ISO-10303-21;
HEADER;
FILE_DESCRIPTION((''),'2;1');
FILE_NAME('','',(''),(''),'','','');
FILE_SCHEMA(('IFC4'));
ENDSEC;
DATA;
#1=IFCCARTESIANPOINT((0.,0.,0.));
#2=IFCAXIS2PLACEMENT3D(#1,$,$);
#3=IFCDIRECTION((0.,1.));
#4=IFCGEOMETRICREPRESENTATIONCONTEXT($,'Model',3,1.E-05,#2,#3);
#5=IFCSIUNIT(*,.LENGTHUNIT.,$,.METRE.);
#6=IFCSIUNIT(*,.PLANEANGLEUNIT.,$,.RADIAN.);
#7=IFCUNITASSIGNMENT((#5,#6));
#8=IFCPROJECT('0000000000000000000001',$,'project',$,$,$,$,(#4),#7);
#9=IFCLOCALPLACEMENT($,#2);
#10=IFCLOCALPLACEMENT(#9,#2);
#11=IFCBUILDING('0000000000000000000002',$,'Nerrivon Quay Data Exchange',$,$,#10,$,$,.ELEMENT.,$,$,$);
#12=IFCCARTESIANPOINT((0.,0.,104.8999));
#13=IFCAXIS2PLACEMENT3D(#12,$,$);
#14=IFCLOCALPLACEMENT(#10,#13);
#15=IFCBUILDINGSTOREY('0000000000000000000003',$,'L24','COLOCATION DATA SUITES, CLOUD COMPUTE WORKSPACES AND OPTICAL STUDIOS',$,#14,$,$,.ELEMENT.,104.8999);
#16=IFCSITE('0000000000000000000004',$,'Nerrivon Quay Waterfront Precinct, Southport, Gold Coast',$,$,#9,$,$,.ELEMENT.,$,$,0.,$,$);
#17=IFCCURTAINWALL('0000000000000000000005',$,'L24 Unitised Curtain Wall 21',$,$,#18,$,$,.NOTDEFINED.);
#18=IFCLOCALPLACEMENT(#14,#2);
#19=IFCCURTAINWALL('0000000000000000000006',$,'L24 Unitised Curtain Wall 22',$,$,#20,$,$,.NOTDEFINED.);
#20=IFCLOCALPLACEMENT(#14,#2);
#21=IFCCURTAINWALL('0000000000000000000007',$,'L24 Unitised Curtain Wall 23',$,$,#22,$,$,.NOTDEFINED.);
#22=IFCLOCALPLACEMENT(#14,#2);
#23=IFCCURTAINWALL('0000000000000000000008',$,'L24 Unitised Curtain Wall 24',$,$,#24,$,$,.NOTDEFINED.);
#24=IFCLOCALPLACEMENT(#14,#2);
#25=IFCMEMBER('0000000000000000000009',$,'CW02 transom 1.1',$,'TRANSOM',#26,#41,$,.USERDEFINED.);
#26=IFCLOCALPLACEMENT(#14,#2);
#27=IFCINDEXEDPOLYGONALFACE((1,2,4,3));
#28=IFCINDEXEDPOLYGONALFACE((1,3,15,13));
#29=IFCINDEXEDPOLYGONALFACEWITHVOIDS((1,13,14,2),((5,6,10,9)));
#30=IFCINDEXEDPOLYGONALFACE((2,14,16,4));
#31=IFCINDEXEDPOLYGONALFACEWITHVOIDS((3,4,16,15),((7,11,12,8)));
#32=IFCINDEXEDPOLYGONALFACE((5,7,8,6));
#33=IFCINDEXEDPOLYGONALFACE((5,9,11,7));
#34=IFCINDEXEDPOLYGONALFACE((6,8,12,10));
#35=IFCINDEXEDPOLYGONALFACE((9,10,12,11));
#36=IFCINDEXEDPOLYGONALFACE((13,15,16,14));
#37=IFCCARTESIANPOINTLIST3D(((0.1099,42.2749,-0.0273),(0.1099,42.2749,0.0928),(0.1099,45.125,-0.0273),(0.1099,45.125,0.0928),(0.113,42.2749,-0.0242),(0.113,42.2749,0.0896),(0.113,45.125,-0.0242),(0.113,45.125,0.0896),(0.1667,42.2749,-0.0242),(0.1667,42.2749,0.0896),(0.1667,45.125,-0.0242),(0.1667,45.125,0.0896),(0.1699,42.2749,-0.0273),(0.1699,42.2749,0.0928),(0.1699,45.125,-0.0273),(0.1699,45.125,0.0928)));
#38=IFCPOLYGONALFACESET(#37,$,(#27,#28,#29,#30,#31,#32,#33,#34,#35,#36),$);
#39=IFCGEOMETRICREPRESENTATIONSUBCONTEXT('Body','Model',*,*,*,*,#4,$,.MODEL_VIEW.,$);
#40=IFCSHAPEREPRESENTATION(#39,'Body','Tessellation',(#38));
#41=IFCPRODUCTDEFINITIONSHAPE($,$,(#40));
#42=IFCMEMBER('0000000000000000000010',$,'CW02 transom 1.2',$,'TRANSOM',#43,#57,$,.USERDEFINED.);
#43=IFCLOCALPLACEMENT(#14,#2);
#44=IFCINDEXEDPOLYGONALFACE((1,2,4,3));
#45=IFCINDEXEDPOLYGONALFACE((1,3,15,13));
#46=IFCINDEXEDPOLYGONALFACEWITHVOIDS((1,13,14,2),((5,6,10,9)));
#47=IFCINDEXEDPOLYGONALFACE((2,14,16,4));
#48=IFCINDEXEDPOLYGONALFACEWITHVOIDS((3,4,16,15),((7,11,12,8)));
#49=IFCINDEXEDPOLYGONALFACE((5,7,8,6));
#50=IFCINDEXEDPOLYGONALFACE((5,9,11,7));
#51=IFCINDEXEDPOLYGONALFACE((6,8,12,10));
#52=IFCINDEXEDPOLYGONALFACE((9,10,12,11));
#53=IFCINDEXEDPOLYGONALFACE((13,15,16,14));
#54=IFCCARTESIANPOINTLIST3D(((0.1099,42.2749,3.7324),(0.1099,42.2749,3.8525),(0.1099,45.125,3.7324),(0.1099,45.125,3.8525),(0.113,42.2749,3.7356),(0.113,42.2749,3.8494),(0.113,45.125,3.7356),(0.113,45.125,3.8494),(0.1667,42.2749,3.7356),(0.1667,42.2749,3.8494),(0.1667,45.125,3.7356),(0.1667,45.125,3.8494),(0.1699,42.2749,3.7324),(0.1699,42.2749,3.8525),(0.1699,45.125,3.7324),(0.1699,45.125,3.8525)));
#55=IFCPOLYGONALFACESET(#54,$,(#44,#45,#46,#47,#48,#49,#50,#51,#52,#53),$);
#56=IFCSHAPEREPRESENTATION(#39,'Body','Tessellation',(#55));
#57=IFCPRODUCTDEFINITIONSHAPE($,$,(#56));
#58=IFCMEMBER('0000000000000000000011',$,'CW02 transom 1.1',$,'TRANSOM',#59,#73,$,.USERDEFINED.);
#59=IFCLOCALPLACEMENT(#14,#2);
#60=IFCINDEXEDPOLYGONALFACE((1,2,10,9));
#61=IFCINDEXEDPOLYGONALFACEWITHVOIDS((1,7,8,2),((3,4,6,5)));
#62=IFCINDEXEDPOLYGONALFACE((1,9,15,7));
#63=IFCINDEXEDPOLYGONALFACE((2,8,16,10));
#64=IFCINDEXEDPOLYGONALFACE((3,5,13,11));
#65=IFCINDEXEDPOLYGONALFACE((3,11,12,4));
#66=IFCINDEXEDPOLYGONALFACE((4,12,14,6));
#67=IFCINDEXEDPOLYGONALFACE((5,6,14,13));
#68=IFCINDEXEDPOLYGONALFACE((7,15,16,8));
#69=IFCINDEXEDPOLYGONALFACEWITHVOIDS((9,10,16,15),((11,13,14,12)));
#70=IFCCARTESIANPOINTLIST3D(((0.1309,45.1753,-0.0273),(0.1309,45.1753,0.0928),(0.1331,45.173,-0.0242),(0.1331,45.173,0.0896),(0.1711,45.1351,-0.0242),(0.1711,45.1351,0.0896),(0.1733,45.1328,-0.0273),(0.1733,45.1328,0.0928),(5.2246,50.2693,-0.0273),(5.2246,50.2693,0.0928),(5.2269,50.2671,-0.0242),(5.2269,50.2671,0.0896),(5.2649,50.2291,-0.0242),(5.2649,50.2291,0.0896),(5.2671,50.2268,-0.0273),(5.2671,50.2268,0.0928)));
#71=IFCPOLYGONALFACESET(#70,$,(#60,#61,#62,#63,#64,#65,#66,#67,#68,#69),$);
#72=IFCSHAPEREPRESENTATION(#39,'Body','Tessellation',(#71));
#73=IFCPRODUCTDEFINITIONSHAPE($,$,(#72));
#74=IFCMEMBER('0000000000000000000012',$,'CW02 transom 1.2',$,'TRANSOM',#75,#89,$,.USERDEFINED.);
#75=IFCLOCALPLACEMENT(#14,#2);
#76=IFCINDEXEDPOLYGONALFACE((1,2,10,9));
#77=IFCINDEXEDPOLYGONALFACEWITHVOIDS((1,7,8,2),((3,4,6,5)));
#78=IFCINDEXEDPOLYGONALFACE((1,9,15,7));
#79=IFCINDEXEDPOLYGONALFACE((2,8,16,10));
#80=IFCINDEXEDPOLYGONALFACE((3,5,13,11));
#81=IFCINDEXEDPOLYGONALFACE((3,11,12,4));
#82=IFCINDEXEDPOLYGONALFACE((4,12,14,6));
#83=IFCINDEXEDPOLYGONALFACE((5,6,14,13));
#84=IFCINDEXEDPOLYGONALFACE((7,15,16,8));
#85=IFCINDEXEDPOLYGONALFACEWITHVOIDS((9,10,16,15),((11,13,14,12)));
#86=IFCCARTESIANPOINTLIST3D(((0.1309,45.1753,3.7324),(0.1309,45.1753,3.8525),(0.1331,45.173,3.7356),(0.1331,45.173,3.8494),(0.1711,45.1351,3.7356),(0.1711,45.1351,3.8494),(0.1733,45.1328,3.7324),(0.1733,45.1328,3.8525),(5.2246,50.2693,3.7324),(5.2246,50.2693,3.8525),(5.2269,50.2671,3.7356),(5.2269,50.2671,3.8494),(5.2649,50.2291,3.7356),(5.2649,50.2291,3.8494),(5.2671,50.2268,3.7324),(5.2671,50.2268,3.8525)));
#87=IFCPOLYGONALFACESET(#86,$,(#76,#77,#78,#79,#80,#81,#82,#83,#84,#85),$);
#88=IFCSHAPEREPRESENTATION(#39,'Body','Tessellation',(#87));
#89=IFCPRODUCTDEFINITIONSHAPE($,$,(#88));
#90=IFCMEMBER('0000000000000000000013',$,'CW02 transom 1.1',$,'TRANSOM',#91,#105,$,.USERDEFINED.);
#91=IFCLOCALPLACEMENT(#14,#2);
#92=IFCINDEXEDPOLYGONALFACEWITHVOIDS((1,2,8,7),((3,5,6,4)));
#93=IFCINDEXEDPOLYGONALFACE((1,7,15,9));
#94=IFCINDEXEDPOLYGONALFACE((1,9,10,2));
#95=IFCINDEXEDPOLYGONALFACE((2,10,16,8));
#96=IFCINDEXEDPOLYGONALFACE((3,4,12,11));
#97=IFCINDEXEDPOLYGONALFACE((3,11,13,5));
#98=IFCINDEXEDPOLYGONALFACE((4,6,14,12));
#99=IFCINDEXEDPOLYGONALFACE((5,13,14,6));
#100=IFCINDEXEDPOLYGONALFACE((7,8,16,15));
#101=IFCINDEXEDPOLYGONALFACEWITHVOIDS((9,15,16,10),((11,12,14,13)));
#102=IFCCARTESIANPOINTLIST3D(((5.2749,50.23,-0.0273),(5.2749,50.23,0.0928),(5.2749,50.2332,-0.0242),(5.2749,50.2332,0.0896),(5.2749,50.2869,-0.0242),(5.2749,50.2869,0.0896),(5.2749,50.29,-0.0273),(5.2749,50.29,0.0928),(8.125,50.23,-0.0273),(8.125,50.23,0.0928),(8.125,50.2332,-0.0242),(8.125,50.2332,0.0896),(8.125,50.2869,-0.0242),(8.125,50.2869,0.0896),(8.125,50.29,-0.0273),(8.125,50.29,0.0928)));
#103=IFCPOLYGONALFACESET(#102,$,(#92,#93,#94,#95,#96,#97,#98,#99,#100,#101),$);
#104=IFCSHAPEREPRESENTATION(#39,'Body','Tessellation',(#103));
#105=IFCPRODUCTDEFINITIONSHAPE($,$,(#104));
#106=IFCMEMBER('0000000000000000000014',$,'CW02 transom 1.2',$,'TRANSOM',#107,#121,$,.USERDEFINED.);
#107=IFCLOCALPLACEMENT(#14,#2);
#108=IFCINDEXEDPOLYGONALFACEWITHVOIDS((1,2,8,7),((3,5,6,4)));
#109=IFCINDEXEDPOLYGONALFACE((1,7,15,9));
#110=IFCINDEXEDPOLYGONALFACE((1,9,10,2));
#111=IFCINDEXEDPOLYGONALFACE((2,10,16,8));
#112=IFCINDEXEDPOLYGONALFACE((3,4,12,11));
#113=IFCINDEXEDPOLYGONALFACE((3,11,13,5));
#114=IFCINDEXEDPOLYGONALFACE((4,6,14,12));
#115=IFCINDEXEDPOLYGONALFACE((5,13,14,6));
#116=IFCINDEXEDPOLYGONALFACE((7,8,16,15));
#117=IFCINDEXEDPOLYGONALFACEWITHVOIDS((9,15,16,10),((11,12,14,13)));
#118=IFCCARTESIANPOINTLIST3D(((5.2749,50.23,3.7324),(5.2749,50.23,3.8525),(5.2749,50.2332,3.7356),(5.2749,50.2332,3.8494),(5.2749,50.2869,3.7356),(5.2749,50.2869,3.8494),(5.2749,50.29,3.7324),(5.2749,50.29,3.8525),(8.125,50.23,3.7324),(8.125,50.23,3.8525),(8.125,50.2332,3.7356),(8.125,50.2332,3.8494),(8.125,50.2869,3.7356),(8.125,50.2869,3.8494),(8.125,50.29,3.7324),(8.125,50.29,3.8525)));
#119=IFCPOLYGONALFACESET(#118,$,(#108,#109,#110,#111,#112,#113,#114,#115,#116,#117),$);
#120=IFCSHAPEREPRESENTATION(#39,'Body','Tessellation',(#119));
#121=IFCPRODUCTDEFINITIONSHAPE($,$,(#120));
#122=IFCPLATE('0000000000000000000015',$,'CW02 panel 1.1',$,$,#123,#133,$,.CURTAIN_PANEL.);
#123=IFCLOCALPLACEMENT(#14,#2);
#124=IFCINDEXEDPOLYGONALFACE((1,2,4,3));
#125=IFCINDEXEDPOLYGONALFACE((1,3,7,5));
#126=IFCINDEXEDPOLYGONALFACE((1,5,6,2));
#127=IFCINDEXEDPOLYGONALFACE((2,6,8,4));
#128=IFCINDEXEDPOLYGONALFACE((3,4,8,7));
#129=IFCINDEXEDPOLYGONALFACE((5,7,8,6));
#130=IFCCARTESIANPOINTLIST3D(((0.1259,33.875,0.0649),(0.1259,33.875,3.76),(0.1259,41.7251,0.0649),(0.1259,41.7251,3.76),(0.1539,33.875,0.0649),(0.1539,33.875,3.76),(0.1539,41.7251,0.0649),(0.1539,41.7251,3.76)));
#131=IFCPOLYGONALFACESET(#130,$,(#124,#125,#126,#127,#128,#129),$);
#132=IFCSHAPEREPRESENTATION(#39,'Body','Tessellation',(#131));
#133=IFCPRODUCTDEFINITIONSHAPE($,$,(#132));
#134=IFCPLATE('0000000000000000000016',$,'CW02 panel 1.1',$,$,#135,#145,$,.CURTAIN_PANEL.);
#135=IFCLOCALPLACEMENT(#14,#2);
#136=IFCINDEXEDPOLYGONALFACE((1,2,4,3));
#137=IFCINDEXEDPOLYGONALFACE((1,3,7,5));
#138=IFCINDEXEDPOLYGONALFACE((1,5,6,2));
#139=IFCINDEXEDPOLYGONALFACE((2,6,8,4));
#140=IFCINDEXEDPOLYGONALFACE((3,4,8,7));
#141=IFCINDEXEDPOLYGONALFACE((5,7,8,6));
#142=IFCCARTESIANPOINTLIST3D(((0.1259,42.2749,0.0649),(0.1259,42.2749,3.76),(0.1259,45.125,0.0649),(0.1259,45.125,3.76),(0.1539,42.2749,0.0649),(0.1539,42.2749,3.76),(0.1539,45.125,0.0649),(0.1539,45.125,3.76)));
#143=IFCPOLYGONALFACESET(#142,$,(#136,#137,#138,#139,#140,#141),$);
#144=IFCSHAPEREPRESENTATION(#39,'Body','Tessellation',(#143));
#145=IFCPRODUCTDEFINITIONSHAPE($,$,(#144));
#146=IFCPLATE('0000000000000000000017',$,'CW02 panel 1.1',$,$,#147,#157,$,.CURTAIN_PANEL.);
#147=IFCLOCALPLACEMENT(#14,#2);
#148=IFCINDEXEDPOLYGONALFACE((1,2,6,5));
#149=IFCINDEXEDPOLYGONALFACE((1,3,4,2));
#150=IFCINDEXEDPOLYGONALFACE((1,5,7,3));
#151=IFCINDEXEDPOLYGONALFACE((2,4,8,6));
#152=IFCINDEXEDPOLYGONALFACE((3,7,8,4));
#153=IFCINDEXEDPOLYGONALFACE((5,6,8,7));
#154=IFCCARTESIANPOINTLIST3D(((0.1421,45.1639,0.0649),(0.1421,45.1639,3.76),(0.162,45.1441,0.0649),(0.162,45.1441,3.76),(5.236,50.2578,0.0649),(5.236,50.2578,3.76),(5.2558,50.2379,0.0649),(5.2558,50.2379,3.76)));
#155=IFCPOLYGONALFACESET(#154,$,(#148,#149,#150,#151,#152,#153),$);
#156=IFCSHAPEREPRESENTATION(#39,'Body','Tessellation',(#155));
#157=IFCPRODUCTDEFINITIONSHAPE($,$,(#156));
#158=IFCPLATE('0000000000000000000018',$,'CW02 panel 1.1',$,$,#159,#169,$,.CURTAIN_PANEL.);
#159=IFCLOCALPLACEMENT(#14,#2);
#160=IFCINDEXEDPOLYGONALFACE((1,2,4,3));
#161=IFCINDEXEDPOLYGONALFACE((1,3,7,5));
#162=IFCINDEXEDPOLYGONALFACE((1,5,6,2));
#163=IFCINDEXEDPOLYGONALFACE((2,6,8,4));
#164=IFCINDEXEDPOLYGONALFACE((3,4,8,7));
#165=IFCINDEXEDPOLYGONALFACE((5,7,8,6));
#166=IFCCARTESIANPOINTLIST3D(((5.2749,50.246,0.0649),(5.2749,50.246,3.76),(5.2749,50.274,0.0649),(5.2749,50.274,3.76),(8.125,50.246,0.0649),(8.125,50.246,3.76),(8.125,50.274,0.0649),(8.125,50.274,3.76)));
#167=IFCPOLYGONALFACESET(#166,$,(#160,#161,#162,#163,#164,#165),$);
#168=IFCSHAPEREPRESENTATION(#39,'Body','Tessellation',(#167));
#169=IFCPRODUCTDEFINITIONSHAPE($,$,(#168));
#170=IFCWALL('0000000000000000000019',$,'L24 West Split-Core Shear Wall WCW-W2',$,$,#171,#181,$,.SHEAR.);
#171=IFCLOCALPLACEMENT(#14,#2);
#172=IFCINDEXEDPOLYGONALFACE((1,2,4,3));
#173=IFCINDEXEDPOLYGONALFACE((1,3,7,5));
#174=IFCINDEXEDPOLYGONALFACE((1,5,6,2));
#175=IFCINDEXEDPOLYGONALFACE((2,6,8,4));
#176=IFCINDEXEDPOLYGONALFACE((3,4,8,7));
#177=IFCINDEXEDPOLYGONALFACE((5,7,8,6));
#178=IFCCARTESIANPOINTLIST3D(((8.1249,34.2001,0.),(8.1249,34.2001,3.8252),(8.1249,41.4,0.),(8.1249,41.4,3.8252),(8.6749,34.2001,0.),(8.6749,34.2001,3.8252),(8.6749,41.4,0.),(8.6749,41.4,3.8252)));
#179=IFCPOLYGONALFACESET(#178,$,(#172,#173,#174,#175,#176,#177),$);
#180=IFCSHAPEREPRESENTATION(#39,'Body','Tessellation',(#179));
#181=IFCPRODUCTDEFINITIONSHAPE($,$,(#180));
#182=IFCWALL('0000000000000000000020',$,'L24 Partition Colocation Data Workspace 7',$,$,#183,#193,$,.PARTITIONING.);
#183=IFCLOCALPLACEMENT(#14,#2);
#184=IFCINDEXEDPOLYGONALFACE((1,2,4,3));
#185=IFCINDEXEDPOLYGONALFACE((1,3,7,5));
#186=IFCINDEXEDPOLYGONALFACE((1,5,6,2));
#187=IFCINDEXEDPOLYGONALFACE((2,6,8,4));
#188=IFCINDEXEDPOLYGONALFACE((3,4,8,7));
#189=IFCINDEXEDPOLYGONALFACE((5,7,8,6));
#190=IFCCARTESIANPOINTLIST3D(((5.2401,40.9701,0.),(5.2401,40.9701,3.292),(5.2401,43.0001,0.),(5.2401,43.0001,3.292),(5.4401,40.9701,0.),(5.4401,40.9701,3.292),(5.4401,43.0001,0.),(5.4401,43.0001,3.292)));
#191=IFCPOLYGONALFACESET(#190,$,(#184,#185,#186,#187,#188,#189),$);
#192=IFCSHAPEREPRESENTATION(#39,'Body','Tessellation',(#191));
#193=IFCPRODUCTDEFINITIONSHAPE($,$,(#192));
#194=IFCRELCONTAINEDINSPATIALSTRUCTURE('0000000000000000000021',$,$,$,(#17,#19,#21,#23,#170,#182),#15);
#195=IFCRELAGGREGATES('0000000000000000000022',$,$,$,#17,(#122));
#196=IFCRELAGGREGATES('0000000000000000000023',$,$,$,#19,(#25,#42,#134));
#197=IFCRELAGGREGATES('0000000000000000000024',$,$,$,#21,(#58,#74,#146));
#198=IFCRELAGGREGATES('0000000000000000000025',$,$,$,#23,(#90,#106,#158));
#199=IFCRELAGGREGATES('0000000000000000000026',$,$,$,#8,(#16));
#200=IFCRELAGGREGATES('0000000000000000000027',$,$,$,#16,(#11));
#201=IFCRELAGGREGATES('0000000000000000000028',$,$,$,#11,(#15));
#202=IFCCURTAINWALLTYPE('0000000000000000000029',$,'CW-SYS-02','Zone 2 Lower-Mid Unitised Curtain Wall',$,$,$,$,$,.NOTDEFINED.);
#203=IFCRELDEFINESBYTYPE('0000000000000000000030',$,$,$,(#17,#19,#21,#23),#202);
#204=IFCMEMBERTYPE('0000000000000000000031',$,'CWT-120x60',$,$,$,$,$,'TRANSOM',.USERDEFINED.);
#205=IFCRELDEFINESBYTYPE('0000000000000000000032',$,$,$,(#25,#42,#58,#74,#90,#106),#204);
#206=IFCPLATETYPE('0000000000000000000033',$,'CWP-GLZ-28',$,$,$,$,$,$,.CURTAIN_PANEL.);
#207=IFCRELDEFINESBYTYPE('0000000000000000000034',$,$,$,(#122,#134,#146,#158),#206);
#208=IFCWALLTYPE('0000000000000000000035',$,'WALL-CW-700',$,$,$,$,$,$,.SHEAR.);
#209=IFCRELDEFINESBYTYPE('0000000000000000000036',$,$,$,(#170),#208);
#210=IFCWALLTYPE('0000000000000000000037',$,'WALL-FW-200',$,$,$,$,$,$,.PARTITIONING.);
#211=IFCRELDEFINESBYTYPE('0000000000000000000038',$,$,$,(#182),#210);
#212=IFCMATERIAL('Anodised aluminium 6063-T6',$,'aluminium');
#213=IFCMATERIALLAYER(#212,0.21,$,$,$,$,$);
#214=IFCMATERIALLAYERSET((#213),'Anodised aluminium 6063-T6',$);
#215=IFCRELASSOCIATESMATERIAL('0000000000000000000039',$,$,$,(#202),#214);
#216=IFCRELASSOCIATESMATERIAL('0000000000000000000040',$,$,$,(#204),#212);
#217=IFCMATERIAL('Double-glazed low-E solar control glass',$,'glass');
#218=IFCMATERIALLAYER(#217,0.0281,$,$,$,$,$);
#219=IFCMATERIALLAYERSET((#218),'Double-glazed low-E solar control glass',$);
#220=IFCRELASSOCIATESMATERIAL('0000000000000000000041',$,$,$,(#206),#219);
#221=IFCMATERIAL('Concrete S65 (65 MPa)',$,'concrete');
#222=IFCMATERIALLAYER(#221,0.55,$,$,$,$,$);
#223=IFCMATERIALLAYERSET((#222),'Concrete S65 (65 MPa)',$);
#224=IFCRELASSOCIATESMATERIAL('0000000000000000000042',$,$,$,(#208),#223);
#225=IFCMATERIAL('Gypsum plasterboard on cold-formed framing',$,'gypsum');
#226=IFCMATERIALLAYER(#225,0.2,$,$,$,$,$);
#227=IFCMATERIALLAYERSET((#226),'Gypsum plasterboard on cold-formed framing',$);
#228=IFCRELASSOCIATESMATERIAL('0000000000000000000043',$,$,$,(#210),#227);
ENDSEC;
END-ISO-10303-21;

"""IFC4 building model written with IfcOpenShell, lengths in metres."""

from ifc_helpers import new_model, si_unit, direction, frame, frame_2d, origin, origin_2d, place, context, subcontext, project, spatial, rectangle, hollow_rectangle, extrude, material, layer, layer_set, material_profile, profile_set, type_object, element, aggregate, save


model = new_model("IFC4")

# Units and contexts
model_context = context("Model", 3, precision=1e-05, world=origin(), true_north=direction((0.0, 1.0)))
body_context = subcontext(model_context, "Body", "Model", "MODEL_VIEW")
ifc_project = project(units=[si_unit("LENGTHUNIT", "METRE"), si_unit("PLANEANGLEUNIT", "RADIAN")], contexts=[model_context])

# Site, building, storey
site_placement = place(None, origin())
site = spatial("IfcSite", under=ifc_project, at=site_placement, Name="Nerrivon Quay Waterfront Precinct, Southport, Gold Coast", CompositionType="ELEMENT", RefElevation=0.0)
building_placement = place(site_placement, origin())
building = spatial("IfcBuilding", under=site, at=building_placement, Name="Nerrivon Quay Data Exchange", CompositionType="ELEMENT")
storey_placement = place(building_placement, frame((0.0, 0.0, 104.8999)))
storey = spatial("IfcBuildingStorey", under=building, at=storey_placement, Name="L24", Description="COLOCATION DATA SUITES, CLOUD COMPUTE WORKSPACES AND OPTICAL STUDIOS", CompositionType="ELEMENT", Elevation=104.8999)

# Curtain wall
ifc_material_1 = material(Name="Anodised aluminium 6063-T6", Category="aluminium")
ifc_layer_1 = layer(ifc_material_1, 0.21)
ifc_layer_set_1 = layer_set([ifc_layer_1], Name="Anodised aluminium 6063-T6")
curtain_wall_type = type_object("IfcCurtainWallType", Name="CW-SYS-02", Description="Zone 2 Lower-Mid Unitised Curtain Wall", PredefinedType="NOTDEFINED", material=ifc_layer_set_1)
curtain_wall_1_placement = place(storey_placement, origin())
curtain_wall_1 = element("IfcCurtainWall", 1, at=curtain_wall_1_placement, inside=storey, type_object=curtain_wall_type, Name="L24 Unitised Curtain Wall 21", PredefinedType="NOTDEFINED")

# Curtain walls
curtain_wall_2_placement = place(storey_placement, origin())
curtain_wall_2 = element("IfcCurtainWall", 2, at=curtain_wall_2_placement, inside=storey, type_object=curtain_wall_type, Name="L24 Unitised Curtain Wall 22", PredefinedType="NOTDEFINED")
curtain_wall_3_placement = place(storey_placement, origin())
curtain_wall_3 = element("IfcCurtainWall", 3, at=curtain_wall_3_placement, inside=storey, type_object=curtain_wall_type, Name="L24 Unitised Curtain Wall 23", PredefinedType="NOTDEFINED")
curtain_wall_4_placement = place(storey_placement, origin())
curtain_wall_4 = element("IfcCurtainWall", 4, at=curtain_wall_4_placement, inside=storey, type_object=curtain_wall_type, Name="L24 Unitised Curtain Wall 24", PredefinedType="NOTDEFINED")

# Members
ifc_material_profile_1 = material_profile(ifc_material_1, hollow_rectangle(XDim=0.0601, YDim=0.1201, WallThickness=0.0032, at=origin_2d()), Name="ALU-TRAN-120x60")
ifc_profile_set_1 = profile_set([ifc_material_profile_1], Name="Anodised aluminium 6063-T6")
member_type_1 = type_object("IfcMemberType", Name="CWT-120x60", ElementType="TRANSOM", PredefinedType="USERDEFINED", material=ifc_profile_set_1)
member_1_placement = place(storey_placement, frame((0.1399, 42.2749, 0.0327), z_axis=(0.0, 1.0, 0.0), x_axis=(-1.0, 0.0, 0.0)))
member_1 = element("IfcMember", 5, at=member_1_placement, type_object=member_type_1, Name="CW02 transom 1.1", ObjectType="TRANSOM", PredefinedType="USERDEFINED", context=body_context, shape_type="SweptSolid", body=[
    extrude(hollow_rectangle(XDim=0.0601, YDim=0.1201, WallThickness=0.0032, at=origin_2d()), origin(), (0.0, 0.0, 1.0), 2.8501),
])
member_2_placement = place(storey_placement, frame((0.1399, 42.2749, 3.7925), z_axis=(0.0, 1.0, 0.0), x_axis=(-1.0, 0.0, 0.0)))
member_2 = element("IfcMember", 6, at=member_2_placement, type_object=member_type_1, Name="CW02 transom 1.2", ObjectType="TRANSOM", PredefinedType="USERDEFINED", context=body_context, shape_type="SweptSolid", body=[
    extrude(hollow_rectangle(XDim=0.0601, YDim=0.1201, WallThickness=0.0032, at=origin_2d()), origin(), (0.0, 0.0, 1.0), 2.8501),
])
member_3_placement = place(storey_placement, frame((0.1521, 45.1541, 0.0327), z_axis=(0.70709, 0.707124, 0.0), x_axis=(-0.707124, 0.70709, 0.0)))
member_3 = element("IfcMember", 7, at=member_3_placement, type_object=member_type_1, Name="CW02 transom 1.1", ObjectType="TRANSOM", PredefinedType="USERDEFINED", context=body_context, shape_type="SweptSolid", body=[
    extrude(hollow_rectangle(XDim=0.0601, YDim=0.1201, WallThickness=0.0032, at=origin_2d()), origin(), (0.0, 0.0, 1.0), 7.2039),
])
member_4_placement = place(storey_placement, frame((0.1521, 45.1541, 3.7925), z_axis=(0.70709, 0.707124, 0.0), x_axis=(-0.707124, 0.70709, 0.0)))
member_4 = element("IfcMember", 8, at=member_4_placement, type_object=member_type_1, Name="CW02 transom 1.2", ObjectType="TRANSOM", PredefinedType="USERDEFINED", context=body_context, shape_type="SweptSolid", body=[
    extrude(hollow_rectangle(XDim=0.0601, YDim=0.1201, WallThickness=0.0032, at=origin_2d()), origin(), (0.0, 0.0, 1.0), 7.2039),
])
member_5_placement = place(storey_placement, frame((5.2749, 50.26, 0.0327), z_axis=(1.0, 0.0, 0.0), x_axis=(0.0, 1.0, 0.0)))
member_5 = element("IfcMember", 9, at=member_5_placement, type_object=member_type_1, Name="CW02 transom 1.1", ObjectType="TRANSOM", PredefinedType="USERDEFINED", context=body_context, shape_type="SweptSolid", body=[
    extrude(hollow_rectangle(XDim=0.0601, YDim=0.1201, WallThickness=0.0032, at=origin_2d()), origin(), (0.0, 0.0, 1.0), 2.8501),
])
member_6_placement = place(storey_placement, frame((5.2749, 50.26, 3.7925), z_axis=(1.0, 0.0, 0.0), x_axis=(0.0, 1.0, 0.0)))
member_6 = element("IfcMember", 10, at=member_6_placement, type_object=member_type_1, Name="CW02 transom 1.2", ObjectType="TRANSOM", PredefinedType="USERDEFINED", context=body_context, shape_type="SweptSolid", body=[
    extrude(hollow_rectangle(XDim=0.0601, YDim=0.1201, WallThickness=0.0032, at=origin_2d()), origin(), (0.0, 0.0, 1.0), 2.8501),
])

# Plates
ifc_material_2 = material(Name="Double-glazed low-E solar control glass", Category="glass")
ifc_layer_2 = layer(ifc_material_2, 0.0281)
ifc_layer_set_2 = layer_set([ifc_layer_2], Name="Double-glazed low-E solar control glass")
plate_type = type_object("IfcPlateType", Name="CWP-GLZ-28", PredefinedType="CURTAIN_PANEL", material=ifc_layer_set_2)
plate_1_placement = place(storey_placement, frame((0.1399, 37.8, 0.0649), z_axis=(0.0, 0.0, 1.0), x_axis=(0.0, 1.0, 0.0)))
plate_1 = element("IfcPlate", 11, at=plate_1_placement, type_object=plate_type, Name="CW02 panel 1.1", PredefinedType="CURTAIN_PANEL", context=body_context, shape_type="SweptSolid", body=[
    extrude(rectangle(XDim=7.8501, YDim=0.0281, at=origin_2d()), origin(), (0.0, 0.0, 1.0), 3.6951),
])
aggregate(curtain_wall_1, [plate_1])
plate_2_placement = place(storey_placement, frame((0.1399, 43.7, 0.0649), z_axis=(0.0, 0.0, 1.0), x_axis=(0.0, 1.0, 0.0)))
plate_2 = element("IfcPlate", 12, at=plate_2_placement, type_object=plate_type, Name="CW02 panel 1.1", PredefinedType="CURTAIN_PANEL", context=body_context, shape_type="SweptSolid", body=[
    extrude(rectangle(XDim=2.8501, YDim=0.0281, at=origin_2d()), origin(), (0.0, 0.0, 1.0), 3.6951),
])
aggregate(curtain_wall_2, [member_1, member_2, plate_2])
plate_3_placement = place(storey_placement, frame((2.699, 47.7009, 0.0649), z_axis=(0.0, 0.0, 1.0), x_axis=(0.707107, 0.707107, 0.0)))
plate_3 = element("IfcPlate", 13, at=plate_3_placement, type_object=plate_type, Name="CW02 panel 1.1", PredefinedType="CURTAIN_PANEL", context=body_context, shape_type="SweptSolid", body=[
    extrude(rectangle(XDim=7.2039, YDim=0.0281, at=origin_2d()), origin(), (0.0, 0.0, 1.0), 3.6951),
])
aggregate(curtain_wall_3, [member_3, member_4, plate_3])
plate_4_placement = place(storey_placement, frame((6.7, 50.26, 0.0649), z_axis=(0.0, 0.0, 1.0), x_axis=(1.0, 0.0, 0.0)))
plate_4 = element("IfcPlate", 14, at=plate_4_placement, type_object=plate_type, Name="CW02 panel 1.1", PredefinedType="CURTAIN_PANEL", context=body_context, shape_type="SweptSolid", body=[
    extrude(rectangle(XDim=2.8501, YDim=0.0281, at=origin_2d()), origin(), (0.0, 0.0, 1.0), 3.6951),
])
aggregate(curtain_wall_4, [member_5, member_6, plate_4])

# Walls
ifc_material_3 = material(Name="Concrete S65 (65 MPa)", Category="concrete")
ifc_layer_3 = layer(ifc_material_3, 0.55)
ifc_layer_set_3 = layer_set([ifc_layer_3], Name="Concrete S65 (65 MPa)")
wall_type_1 = type_object("IfcWallType", Name="WALL-CW-700", PredefinedType="SHEAR", material=ifc_layer_set_3)
wall_1_placement = place(storey_placement, frame((8.3999, 34.2, 0.0), z_axis=(0.0, 0.0, 1.0), x_axis=(0.0, 1.0, 0.0)))
element("IfcWall", 15, at=wall_1_placement, inside=storey, type_object=wall_type_1, Name="L24 West Split-Core Shear Wall WCW-W2", PredefinedType="SHEAR", context=body_context, shape_type="SweptSolid", body=[
    extrude(rectangle(XDim=7.2, YDim=0.55, at=frame_2d((3.6001, 0.0))), origin(), (0.0, 0.0, 1.0), 3.8252),
])
ifc_material_4 = material(Name="Gypsum plasterboard on cold-formed framing", Category="gypsum")
ifc_layer_4 = layer(ifc_material_4, 0.2)
ifc_layer_set_4 = layer_set([ifc_layer_4], Name="Gypsum plasterboard on cold-formed framing")
wall_type_2 = type_object("IfcWallType", Name="WALL-FW-200", PredefinedType="PARTITIONING", material=ifc_layer_set_4)
wall_2_placement = place(storey_placement, frame((5.3401, 40.97, 0.0), z_axis=(0.0, 0.0, 1.0), x_axis=(0.0, 1.0, 0.0)))
element("IfcWall", 16, at=wall_2_placement, inside=storey, type_object=wall_type_2, Name="L24 Partition Colocation Data Workspace 7", PredefinedType="PARTITIONING", context=body_context, shape_type="SweptSolid", body=[
    extrude(rectangle(XDim=2.03, YDim=0.2, at=frame_2d((1.0151, 0.0))), origin(), (0.0, 0.0, 1.0), 3.292),
])

save(model, "model.ifc")
